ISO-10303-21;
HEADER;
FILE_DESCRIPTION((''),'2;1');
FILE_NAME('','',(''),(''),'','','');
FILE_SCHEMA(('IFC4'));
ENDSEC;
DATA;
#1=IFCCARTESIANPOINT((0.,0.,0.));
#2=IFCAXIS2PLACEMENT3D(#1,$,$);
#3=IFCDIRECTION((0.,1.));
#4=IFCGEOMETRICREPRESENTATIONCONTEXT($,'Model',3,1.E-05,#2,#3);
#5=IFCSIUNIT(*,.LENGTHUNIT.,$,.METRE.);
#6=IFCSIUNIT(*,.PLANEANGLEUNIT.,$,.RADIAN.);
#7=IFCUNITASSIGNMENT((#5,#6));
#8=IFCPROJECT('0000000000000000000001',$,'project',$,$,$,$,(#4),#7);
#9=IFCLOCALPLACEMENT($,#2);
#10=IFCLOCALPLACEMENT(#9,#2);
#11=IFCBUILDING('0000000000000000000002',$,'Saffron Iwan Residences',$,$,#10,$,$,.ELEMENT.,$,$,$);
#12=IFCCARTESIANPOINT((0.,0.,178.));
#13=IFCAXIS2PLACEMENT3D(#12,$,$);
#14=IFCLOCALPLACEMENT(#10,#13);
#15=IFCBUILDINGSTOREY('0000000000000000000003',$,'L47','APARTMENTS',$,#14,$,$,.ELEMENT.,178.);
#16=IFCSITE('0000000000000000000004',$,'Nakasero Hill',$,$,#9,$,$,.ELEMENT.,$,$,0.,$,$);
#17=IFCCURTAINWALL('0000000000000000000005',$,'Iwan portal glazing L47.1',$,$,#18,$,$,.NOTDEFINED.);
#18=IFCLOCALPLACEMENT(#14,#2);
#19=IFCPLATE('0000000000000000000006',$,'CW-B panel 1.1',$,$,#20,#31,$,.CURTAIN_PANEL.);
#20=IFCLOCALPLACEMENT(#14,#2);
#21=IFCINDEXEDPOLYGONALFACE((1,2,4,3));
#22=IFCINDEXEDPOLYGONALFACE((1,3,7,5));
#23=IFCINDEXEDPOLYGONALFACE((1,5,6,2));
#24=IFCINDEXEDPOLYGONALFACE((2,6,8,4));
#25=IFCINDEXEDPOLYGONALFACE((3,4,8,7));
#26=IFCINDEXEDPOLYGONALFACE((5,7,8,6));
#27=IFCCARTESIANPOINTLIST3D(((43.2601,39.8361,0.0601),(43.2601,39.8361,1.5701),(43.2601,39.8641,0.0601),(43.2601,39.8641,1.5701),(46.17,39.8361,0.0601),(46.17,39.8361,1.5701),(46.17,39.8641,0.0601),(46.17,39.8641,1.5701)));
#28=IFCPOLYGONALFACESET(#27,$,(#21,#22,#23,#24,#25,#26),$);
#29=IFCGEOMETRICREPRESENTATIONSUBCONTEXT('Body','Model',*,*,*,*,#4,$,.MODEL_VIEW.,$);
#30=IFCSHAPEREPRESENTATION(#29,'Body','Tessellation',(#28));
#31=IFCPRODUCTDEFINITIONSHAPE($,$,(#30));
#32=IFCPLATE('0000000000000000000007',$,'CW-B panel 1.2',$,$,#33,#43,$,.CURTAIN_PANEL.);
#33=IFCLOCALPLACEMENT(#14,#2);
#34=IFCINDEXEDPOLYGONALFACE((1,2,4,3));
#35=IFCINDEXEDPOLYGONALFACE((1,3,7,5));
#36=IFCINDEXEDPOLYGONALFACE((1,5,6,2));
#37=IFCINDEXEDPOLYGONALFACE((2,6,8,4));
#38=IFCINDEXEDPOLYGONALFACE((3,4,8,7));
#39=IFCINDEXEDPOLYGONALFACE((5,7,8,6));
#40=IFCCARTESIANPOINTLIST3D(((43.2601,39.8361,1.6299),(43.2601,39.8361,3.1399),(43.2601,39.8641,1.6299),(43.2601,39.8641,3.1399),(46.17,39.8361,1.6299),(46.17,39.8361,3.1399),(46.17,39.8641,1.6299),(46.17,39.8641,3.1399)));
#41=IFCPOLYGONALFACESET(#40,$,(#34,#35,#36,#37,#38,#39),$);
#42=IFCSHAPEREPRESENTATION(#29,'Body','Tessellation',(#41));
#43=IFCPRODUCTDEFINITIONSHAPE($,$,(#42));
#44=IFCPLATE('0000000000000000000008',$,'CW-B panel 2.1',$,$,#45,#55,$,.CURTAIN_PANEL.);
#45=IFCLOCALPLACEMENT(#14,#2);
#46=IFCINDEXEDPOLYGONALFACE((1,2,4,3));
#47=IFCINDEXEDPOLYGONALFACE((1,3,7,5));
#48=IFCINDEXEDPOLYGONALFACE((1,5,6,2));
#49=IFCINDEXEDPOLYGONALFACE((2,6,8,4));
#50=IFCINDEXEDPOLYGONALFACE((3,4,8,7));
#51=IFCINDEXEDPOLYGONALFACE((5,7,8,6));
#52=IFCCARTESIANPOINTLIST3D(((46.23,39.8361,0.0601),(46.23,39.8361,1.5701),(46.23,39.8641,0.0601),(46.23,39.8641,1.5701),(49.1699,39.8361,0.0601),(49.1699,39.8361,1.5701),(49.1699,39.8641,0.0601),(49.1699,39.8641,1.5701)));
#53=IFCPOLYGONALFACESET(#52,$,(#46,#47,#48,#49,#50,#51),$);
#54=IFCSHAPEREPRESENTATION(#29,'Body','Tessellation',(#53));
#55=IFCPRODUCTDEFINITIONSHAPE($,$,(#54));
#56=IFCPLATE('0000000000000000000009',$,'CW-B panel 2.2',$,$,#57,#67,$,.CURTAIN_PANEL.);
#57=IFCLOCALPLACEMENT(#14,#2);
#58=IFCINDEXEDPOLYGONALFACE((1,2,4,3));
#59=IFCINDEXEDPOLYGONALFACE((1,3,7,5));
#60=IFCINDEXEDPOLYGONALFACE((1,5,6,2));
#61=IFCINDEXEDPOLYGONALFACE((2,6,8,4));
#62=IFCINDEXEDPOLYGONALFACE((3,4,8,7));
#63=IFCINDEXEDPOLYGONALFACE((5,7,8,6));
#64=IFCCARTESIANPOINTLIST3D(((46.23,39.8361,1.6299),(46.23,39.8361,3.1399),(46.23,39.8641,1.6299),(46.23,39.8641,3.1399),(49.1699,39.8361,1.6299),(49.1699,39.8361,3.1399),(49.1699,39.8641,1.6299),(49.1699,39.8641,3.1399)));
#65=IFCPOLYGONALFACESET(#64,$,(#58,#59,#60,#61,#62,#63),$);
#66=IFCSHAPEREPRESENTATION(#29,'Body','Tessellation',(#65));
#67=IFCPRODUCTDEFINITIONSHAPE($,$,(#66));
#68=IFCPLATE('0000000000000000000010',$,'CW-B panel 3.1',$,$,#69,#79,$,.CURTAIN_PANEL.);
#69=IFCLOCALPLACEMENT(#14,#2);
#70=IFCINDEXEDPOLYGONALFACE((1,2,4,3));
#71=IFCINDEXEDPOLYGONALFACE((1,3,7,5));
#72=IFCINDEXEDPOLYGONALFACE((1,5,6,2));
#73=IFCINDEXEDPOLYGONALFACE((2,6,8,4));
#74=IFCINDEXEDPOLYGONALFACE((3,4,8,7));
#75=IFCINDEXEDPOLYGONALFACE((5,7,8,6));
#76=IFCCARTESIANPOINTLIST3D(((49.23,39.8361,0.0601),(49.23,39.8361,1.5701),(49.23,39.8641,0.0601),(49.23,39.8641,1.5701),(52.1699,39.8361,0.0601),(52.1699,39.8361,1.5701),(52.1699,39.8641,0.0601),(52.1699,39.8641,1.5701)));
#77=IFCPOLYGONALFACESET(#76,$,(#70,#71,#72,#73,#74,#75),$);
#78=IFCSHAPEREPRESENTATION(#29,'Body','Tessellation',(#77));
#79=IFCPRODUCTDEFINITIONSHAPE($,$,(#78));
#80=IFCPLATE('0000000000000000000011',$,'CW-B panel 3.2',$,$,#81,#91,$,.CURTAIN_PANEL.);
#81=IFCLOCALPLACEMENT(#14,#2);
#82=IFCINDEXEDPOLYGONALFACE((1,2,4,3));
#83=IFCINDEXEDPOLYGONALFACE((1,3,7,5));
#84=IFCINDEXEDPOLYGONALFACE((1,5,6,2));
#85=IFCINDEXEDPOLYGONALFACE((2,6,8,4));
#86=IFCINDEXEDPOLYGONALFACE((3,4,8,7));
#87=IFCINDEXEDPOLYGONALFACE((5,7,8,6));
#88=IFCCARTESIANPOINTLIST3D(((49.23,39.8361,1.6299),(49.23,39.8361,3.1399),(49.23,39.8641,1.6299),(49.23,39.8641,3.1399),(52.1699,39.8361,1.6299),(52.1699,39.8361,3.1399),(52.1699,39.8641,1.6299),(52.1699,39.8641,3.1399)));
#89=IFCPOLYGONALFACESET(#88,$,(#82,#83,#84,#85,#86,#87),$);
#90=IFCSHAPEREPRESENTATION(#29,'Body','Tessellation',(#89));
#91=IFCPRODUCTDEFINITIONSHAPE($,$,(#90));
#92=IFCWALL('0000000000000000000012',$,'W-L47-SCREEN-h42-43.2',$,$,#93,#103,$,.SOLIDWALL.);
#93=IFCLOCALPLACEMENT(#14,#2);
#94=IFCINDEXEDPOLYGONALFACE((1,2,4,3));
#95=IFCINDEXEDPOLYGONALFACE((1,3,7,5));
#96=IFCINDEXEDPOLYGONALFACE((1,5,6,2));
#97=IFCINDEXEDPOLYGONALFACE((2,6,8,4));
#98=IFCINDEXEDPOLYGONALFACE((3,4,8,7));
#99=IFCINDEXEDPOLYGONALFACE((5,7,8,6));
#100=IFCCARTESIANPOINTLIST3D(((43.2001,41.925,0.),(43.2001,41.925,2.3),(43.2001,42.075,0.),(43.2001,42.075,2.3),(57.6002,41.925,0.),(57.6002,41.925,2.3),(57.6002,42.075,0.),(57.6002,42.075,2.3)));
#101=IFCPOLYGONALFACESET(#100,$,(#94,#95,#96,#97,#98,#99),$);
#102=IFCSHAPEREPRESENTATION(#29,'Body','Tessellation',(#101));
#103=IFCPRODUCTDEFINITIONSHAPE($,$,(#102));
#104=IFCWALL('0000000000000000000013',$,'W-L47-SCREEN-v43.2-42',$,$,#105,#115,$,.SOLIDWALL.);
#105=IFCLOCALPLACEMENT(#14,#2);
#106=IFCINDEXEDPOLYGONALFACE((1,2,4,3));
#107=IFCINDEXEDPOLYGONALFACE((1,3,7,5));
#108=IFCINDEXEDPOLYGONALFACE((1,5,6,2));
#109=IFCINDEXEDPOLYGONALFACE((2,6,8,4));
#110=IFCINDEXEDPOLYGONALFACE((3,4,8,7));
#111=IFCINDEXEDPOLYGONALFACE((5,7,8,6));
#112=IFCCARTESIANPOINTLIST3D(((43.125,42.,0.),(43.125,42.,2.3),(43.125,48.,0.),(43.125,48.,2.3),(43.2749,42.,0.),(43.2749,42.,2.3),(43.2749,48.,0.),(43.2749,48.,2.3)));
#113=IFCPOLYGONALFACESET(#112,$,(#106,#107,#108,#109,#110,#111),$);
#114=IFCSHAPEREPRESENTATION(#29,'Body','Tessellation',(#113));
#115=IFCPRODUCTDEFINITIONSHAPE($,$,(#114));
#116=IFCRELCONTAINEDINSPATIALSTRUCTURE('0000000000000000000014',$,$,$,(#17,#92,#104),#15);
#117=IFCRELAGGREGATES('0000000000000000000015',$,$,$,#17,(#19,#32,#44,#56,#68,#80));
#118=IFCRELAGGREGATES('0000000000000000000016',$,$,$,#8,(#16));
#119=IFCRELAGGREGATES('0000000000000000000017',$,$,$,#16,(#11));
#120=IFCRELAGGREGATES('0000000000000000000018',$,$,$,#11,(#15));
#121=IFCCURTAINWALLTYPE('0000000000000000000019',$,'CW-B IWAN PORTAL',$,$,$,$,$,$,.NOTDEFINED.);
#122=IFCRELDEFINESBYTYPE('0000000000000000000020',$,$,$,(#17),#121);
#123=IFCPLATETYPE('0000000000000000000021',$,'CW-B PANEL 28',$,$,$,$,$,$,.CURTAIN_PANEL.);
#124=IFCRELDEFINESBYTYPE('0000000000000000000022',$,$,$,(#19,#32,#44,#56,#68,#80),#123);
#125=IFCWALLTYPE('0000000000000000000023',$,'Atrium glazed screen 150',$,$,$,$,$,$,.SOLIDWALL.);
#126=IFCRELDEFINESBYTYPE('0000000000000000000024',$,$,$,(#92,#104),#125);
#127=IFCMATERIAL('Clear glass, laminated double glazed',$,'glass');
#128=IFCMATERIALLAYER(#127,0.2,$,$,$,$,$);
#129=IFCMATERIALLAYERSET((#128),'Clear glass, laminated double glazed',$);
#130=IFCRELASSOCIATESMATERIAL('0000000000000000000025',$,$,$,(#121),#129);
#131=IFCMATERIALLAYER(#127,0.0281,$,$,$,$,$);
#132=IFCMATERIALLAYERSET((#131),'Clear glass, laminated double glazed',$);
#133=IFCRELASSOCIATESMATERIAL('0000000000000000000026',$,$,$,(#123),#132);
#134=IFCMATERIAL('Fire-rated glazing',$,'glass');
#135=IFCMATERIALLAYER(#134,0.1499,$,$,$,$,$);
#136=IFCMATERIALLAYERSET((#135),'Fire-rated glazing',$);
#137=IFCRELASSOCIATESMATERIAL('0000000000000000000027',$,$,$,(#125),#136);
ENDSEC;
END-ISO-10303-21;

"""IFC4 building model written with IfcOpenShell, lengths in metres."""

from ifc_helpers import new_model, si_unit, direction, frame, frame_2d, origin, origin_2d, place, context, subcontext, project, spatial, rectangle, extrude, source, transform, mapped, material, layer, layer_set, type_object, element, aggregate, save


model = new_model("IFC4")

# Units and contexts
model_context = context("Model", 3, precision=1e-05, world=origin(), true_north=direction((0.0, 1.0)))
body_context = subcontext(model_context, "Body", "Model", "MODEL_VIEW")
ifc_project = project(units=[si_unit("LENGTHUNIT", "METRE"), si_unit("PLANEANGLEUNIT", "RADIAN")], contexts=[model_context])

# Site, building, storey
site_placement = place(None, origin())
site = spatial("IfcSite", under=ifc_project, at=site_placement, Name="Nakasero Hill", CompositionType="ELEMENT", RefElevation=0.0)
building_placement = place(site_placement, origin())
building = spatial("IfcBuilding", under=site, at=building_placement, Name="Saffron Iwan Residences", CompositionType="ELEMENT")
storey_placement = place(building_placement, frame((0.0, 0.0, 178.0)))
storey = spatial("IfcBuildingStorey", under=building, at=storey_placement, Name="L47", Description="APARTMENTS", CompositionType="ELEMENT", Elevation=178.0)

# Curtain wall, plates
ifc_material_1 = material(Name="Clear glass, laminated double glazed", Category="glass")
ifc_layer_1 = layer(ifc_material_1, 0.2)
ifc_layer_set_1 = layer_set([ifc_layer_1], Name="Clear glass, laminated double glazed")
curtain_wall_type = type_object("IfcCurtainWallType", Name="CW-B IWAN PORTAL", PredefinedType="NOTDEFINED", material=ifc_layer_set_1)
curtain_wall_placement = place(storey_placement, origin())
curtain_wall = element("IfcCurtainWall", 1, at=curtain_wall_placement, inside=storey, type_object=curtain_wall_type, Name="Iwan portal glazing L47.1", PredefinedType="NOTDEFINED")
ifc_layer_2 = layer(ifc_material_1, 0.0281)
ifc_layer_set_2 = layer_set([ifc_layer_2], Name="Clear glass, laminated double glazed")
plate_type = type_object("IfcPlateType", Name="CW-B PANEL 28", PredefinedType="CURTAIN_PANEL", material=ifc_layer_set_2)
shared_shape_1 = source(origin(), body_context, "Body", "SweptSolid", [
    extrude(rectangle(XDim=2.9099, YDim=0.0281, at=origin_2d()), origin(), (0.0, 0.0, 1.0), 1.51),
])
plate_1_placement = place(storey_placement, frame((44.7151, 39.8501, 0.0601), z_axis=(0.0, 0.0, 1.0), x_axis=(1.0, 0.0, 0.0)))
plate_1 = element("IfcPlate", 2, at=plate_1_placement, type_object=plate_type, Name="CW-B panel 1.1", PredefinedType="CURTAIN_PANEL", context=body_context, shape_type="MappedRepresentation", body=[
    mapped(shared_shape_1, transform((0.0, 0.0, 0.0))),
])
plate_2_placement = place(storey_placement, frame((44.7151, 39.8501, 1.6299), z_axis=(0.0, 0.0, 1.0), x_axis=(1.0, 0.0, 0.0)))
plate_2 = element("IfcPlate", 3, at=plate_2_placement, type_object=plate_type, Name="CW-B panel 1.2", PredefinedType="CURTAIN_PANEL", context=body_context, shape_type="MappedRepresentation", body=[
    mapped(shared_shape_1, transform((0.0, 0.0, 0.0))),
])
shared_shape_2 = source(origin(), body_context, "Body", "SweptSolid", [
    extrude(rectangle(XDim=2.9399, YDim=0.0281, at=origin_2d()), origin(), (0.0, 0.0, 1.0), 1.51),
])
plate_3_placement = place(storey_placement, frame((47.7, 39.8501, 0.0601), z_axis=(0.0, 0.0, 1.0), x_axis=(1.0, 0.0, 0.0)))
plate_3 = element("IfcPlate", 4, at=plate_3_placement, type_object=plate_type, Name="CW-B panel 2.1", PredefinedType="CURTAIN_PANEL", context=body_context, shape_type="MappedRepresentation", body=[
    mapped(shared_shape_2, transform((0.0, 0.0, 0.0))),
])
plate_4_placement = place(storey_placement, frame((47.7, 39.8501, 1.6299), z_axis=(0.0, 0.0, 1.0), x_axis=(1.0, 0.0, 0.0)))
plate_4 = element("IfcPlate", 5, at=plate_4_placement, type_object=plate_type, Name="CW-B panel 2.2", PredefinedType="CURTAIN_PANEL", context=body_context, shape_type="MappedRepresentation", body=[
    mapped(shared_shape_2, transform((0.0, 0.0, 0.0))),
])
plate_5_placement = place(storey_placement, frame((50.7, 39.8501, 0.0601), z_axis=(0.0, 0.0, 1.0), x_axis=(1.0, 0.0, 0.0)))
plate_5 = element("IfcPlate", 6, at=plate_5_placement, type_object=plate_type, Name="CW-B panel 3.1", PredefinedType="CURTAIN_PANEL", context=body_context, shape_type="MappedRepresentation", body=[
    mapped(shared_shape_2, transform((0.0, 0.0, 0.0))),
])
plate_6_placement = place(storey_placement, frame((50.7, 39.8501, 1.6299), z_axis=(0.0, 0.0, 1.0), x_axis=(1.0, 0.0, 0.0)))
plate_6 = element("IfcPlate", 7, at=plate_6_placement, type_object=plate_type, Name="CW-B panel 3.2", PredefinedType="CURTAIN_PANEL", context=body_context, shape_type="MappedRepresentation", body=[
    mapped(shared_shape_2, transform((0.0, 0.0, 0.0))),
])
aggregate(curtain_wall, [plate_1, plate_2, plate_3, plate_4, plate_5, plate_6])

# Walls
ifc_material_2 = material(Name="Fire-rated glazing", Category="glass")
ifc_layer_3 = layer(ifc_material_2, 0.1499)
ifc_layer_set_3 = layer_set([ifc_layer_3], Name="Fire-rated glazing")
wall_type = type_object("IfcWallType", Name="Atrium glazed screen 150", PredefinedType="SOLIDWALL", material=ifc_layer_set_3)
wall_1_placement = place(storey_placement, frame((43.2, 42.0, 0.0), z_axis=(0.0, 0.0, 1.0), x_axis=(1.0, 0.0, 0.0)))
element("IfcWall", 8, at=wall_1_placement, inside=storey, type_object=wall_type, Name="W-L47-SCREEN-h42-43.2", PredefinedType="SOLIDWALL", context=body_context, shape_type="SweptSolid", body=[
    extrude(rectangle(XDim=14.4001, YDim=0.1499, at=frame_2d((7.2002, 0.0))), origin(), (0.0, 0.0, 1.0), 2.3),
])
wall_2_placement = place(storey_placement, frame((43.2, 42.0, 0.0), z_axis=(0.0, 0.0, 1.0), x_axis=(0.0, 1.0, 0.0)))
element("IfcWall", 9, at=wall_2_placement, inside=storey, type_object=wall_type, Name="W-L47-SCREEN-v43.2-42", PredefinedType="SOLIDWALL", context=body_context, shape_type="SweptSolid", body=[
    extrude(rectangle(XDim=6.0, YDim=0.1499, at=frame_2d((3.0, 0.0))), origin(), (0.0, 0.0, 1.0), 2.3),
])

save(model, "model.ifc")
